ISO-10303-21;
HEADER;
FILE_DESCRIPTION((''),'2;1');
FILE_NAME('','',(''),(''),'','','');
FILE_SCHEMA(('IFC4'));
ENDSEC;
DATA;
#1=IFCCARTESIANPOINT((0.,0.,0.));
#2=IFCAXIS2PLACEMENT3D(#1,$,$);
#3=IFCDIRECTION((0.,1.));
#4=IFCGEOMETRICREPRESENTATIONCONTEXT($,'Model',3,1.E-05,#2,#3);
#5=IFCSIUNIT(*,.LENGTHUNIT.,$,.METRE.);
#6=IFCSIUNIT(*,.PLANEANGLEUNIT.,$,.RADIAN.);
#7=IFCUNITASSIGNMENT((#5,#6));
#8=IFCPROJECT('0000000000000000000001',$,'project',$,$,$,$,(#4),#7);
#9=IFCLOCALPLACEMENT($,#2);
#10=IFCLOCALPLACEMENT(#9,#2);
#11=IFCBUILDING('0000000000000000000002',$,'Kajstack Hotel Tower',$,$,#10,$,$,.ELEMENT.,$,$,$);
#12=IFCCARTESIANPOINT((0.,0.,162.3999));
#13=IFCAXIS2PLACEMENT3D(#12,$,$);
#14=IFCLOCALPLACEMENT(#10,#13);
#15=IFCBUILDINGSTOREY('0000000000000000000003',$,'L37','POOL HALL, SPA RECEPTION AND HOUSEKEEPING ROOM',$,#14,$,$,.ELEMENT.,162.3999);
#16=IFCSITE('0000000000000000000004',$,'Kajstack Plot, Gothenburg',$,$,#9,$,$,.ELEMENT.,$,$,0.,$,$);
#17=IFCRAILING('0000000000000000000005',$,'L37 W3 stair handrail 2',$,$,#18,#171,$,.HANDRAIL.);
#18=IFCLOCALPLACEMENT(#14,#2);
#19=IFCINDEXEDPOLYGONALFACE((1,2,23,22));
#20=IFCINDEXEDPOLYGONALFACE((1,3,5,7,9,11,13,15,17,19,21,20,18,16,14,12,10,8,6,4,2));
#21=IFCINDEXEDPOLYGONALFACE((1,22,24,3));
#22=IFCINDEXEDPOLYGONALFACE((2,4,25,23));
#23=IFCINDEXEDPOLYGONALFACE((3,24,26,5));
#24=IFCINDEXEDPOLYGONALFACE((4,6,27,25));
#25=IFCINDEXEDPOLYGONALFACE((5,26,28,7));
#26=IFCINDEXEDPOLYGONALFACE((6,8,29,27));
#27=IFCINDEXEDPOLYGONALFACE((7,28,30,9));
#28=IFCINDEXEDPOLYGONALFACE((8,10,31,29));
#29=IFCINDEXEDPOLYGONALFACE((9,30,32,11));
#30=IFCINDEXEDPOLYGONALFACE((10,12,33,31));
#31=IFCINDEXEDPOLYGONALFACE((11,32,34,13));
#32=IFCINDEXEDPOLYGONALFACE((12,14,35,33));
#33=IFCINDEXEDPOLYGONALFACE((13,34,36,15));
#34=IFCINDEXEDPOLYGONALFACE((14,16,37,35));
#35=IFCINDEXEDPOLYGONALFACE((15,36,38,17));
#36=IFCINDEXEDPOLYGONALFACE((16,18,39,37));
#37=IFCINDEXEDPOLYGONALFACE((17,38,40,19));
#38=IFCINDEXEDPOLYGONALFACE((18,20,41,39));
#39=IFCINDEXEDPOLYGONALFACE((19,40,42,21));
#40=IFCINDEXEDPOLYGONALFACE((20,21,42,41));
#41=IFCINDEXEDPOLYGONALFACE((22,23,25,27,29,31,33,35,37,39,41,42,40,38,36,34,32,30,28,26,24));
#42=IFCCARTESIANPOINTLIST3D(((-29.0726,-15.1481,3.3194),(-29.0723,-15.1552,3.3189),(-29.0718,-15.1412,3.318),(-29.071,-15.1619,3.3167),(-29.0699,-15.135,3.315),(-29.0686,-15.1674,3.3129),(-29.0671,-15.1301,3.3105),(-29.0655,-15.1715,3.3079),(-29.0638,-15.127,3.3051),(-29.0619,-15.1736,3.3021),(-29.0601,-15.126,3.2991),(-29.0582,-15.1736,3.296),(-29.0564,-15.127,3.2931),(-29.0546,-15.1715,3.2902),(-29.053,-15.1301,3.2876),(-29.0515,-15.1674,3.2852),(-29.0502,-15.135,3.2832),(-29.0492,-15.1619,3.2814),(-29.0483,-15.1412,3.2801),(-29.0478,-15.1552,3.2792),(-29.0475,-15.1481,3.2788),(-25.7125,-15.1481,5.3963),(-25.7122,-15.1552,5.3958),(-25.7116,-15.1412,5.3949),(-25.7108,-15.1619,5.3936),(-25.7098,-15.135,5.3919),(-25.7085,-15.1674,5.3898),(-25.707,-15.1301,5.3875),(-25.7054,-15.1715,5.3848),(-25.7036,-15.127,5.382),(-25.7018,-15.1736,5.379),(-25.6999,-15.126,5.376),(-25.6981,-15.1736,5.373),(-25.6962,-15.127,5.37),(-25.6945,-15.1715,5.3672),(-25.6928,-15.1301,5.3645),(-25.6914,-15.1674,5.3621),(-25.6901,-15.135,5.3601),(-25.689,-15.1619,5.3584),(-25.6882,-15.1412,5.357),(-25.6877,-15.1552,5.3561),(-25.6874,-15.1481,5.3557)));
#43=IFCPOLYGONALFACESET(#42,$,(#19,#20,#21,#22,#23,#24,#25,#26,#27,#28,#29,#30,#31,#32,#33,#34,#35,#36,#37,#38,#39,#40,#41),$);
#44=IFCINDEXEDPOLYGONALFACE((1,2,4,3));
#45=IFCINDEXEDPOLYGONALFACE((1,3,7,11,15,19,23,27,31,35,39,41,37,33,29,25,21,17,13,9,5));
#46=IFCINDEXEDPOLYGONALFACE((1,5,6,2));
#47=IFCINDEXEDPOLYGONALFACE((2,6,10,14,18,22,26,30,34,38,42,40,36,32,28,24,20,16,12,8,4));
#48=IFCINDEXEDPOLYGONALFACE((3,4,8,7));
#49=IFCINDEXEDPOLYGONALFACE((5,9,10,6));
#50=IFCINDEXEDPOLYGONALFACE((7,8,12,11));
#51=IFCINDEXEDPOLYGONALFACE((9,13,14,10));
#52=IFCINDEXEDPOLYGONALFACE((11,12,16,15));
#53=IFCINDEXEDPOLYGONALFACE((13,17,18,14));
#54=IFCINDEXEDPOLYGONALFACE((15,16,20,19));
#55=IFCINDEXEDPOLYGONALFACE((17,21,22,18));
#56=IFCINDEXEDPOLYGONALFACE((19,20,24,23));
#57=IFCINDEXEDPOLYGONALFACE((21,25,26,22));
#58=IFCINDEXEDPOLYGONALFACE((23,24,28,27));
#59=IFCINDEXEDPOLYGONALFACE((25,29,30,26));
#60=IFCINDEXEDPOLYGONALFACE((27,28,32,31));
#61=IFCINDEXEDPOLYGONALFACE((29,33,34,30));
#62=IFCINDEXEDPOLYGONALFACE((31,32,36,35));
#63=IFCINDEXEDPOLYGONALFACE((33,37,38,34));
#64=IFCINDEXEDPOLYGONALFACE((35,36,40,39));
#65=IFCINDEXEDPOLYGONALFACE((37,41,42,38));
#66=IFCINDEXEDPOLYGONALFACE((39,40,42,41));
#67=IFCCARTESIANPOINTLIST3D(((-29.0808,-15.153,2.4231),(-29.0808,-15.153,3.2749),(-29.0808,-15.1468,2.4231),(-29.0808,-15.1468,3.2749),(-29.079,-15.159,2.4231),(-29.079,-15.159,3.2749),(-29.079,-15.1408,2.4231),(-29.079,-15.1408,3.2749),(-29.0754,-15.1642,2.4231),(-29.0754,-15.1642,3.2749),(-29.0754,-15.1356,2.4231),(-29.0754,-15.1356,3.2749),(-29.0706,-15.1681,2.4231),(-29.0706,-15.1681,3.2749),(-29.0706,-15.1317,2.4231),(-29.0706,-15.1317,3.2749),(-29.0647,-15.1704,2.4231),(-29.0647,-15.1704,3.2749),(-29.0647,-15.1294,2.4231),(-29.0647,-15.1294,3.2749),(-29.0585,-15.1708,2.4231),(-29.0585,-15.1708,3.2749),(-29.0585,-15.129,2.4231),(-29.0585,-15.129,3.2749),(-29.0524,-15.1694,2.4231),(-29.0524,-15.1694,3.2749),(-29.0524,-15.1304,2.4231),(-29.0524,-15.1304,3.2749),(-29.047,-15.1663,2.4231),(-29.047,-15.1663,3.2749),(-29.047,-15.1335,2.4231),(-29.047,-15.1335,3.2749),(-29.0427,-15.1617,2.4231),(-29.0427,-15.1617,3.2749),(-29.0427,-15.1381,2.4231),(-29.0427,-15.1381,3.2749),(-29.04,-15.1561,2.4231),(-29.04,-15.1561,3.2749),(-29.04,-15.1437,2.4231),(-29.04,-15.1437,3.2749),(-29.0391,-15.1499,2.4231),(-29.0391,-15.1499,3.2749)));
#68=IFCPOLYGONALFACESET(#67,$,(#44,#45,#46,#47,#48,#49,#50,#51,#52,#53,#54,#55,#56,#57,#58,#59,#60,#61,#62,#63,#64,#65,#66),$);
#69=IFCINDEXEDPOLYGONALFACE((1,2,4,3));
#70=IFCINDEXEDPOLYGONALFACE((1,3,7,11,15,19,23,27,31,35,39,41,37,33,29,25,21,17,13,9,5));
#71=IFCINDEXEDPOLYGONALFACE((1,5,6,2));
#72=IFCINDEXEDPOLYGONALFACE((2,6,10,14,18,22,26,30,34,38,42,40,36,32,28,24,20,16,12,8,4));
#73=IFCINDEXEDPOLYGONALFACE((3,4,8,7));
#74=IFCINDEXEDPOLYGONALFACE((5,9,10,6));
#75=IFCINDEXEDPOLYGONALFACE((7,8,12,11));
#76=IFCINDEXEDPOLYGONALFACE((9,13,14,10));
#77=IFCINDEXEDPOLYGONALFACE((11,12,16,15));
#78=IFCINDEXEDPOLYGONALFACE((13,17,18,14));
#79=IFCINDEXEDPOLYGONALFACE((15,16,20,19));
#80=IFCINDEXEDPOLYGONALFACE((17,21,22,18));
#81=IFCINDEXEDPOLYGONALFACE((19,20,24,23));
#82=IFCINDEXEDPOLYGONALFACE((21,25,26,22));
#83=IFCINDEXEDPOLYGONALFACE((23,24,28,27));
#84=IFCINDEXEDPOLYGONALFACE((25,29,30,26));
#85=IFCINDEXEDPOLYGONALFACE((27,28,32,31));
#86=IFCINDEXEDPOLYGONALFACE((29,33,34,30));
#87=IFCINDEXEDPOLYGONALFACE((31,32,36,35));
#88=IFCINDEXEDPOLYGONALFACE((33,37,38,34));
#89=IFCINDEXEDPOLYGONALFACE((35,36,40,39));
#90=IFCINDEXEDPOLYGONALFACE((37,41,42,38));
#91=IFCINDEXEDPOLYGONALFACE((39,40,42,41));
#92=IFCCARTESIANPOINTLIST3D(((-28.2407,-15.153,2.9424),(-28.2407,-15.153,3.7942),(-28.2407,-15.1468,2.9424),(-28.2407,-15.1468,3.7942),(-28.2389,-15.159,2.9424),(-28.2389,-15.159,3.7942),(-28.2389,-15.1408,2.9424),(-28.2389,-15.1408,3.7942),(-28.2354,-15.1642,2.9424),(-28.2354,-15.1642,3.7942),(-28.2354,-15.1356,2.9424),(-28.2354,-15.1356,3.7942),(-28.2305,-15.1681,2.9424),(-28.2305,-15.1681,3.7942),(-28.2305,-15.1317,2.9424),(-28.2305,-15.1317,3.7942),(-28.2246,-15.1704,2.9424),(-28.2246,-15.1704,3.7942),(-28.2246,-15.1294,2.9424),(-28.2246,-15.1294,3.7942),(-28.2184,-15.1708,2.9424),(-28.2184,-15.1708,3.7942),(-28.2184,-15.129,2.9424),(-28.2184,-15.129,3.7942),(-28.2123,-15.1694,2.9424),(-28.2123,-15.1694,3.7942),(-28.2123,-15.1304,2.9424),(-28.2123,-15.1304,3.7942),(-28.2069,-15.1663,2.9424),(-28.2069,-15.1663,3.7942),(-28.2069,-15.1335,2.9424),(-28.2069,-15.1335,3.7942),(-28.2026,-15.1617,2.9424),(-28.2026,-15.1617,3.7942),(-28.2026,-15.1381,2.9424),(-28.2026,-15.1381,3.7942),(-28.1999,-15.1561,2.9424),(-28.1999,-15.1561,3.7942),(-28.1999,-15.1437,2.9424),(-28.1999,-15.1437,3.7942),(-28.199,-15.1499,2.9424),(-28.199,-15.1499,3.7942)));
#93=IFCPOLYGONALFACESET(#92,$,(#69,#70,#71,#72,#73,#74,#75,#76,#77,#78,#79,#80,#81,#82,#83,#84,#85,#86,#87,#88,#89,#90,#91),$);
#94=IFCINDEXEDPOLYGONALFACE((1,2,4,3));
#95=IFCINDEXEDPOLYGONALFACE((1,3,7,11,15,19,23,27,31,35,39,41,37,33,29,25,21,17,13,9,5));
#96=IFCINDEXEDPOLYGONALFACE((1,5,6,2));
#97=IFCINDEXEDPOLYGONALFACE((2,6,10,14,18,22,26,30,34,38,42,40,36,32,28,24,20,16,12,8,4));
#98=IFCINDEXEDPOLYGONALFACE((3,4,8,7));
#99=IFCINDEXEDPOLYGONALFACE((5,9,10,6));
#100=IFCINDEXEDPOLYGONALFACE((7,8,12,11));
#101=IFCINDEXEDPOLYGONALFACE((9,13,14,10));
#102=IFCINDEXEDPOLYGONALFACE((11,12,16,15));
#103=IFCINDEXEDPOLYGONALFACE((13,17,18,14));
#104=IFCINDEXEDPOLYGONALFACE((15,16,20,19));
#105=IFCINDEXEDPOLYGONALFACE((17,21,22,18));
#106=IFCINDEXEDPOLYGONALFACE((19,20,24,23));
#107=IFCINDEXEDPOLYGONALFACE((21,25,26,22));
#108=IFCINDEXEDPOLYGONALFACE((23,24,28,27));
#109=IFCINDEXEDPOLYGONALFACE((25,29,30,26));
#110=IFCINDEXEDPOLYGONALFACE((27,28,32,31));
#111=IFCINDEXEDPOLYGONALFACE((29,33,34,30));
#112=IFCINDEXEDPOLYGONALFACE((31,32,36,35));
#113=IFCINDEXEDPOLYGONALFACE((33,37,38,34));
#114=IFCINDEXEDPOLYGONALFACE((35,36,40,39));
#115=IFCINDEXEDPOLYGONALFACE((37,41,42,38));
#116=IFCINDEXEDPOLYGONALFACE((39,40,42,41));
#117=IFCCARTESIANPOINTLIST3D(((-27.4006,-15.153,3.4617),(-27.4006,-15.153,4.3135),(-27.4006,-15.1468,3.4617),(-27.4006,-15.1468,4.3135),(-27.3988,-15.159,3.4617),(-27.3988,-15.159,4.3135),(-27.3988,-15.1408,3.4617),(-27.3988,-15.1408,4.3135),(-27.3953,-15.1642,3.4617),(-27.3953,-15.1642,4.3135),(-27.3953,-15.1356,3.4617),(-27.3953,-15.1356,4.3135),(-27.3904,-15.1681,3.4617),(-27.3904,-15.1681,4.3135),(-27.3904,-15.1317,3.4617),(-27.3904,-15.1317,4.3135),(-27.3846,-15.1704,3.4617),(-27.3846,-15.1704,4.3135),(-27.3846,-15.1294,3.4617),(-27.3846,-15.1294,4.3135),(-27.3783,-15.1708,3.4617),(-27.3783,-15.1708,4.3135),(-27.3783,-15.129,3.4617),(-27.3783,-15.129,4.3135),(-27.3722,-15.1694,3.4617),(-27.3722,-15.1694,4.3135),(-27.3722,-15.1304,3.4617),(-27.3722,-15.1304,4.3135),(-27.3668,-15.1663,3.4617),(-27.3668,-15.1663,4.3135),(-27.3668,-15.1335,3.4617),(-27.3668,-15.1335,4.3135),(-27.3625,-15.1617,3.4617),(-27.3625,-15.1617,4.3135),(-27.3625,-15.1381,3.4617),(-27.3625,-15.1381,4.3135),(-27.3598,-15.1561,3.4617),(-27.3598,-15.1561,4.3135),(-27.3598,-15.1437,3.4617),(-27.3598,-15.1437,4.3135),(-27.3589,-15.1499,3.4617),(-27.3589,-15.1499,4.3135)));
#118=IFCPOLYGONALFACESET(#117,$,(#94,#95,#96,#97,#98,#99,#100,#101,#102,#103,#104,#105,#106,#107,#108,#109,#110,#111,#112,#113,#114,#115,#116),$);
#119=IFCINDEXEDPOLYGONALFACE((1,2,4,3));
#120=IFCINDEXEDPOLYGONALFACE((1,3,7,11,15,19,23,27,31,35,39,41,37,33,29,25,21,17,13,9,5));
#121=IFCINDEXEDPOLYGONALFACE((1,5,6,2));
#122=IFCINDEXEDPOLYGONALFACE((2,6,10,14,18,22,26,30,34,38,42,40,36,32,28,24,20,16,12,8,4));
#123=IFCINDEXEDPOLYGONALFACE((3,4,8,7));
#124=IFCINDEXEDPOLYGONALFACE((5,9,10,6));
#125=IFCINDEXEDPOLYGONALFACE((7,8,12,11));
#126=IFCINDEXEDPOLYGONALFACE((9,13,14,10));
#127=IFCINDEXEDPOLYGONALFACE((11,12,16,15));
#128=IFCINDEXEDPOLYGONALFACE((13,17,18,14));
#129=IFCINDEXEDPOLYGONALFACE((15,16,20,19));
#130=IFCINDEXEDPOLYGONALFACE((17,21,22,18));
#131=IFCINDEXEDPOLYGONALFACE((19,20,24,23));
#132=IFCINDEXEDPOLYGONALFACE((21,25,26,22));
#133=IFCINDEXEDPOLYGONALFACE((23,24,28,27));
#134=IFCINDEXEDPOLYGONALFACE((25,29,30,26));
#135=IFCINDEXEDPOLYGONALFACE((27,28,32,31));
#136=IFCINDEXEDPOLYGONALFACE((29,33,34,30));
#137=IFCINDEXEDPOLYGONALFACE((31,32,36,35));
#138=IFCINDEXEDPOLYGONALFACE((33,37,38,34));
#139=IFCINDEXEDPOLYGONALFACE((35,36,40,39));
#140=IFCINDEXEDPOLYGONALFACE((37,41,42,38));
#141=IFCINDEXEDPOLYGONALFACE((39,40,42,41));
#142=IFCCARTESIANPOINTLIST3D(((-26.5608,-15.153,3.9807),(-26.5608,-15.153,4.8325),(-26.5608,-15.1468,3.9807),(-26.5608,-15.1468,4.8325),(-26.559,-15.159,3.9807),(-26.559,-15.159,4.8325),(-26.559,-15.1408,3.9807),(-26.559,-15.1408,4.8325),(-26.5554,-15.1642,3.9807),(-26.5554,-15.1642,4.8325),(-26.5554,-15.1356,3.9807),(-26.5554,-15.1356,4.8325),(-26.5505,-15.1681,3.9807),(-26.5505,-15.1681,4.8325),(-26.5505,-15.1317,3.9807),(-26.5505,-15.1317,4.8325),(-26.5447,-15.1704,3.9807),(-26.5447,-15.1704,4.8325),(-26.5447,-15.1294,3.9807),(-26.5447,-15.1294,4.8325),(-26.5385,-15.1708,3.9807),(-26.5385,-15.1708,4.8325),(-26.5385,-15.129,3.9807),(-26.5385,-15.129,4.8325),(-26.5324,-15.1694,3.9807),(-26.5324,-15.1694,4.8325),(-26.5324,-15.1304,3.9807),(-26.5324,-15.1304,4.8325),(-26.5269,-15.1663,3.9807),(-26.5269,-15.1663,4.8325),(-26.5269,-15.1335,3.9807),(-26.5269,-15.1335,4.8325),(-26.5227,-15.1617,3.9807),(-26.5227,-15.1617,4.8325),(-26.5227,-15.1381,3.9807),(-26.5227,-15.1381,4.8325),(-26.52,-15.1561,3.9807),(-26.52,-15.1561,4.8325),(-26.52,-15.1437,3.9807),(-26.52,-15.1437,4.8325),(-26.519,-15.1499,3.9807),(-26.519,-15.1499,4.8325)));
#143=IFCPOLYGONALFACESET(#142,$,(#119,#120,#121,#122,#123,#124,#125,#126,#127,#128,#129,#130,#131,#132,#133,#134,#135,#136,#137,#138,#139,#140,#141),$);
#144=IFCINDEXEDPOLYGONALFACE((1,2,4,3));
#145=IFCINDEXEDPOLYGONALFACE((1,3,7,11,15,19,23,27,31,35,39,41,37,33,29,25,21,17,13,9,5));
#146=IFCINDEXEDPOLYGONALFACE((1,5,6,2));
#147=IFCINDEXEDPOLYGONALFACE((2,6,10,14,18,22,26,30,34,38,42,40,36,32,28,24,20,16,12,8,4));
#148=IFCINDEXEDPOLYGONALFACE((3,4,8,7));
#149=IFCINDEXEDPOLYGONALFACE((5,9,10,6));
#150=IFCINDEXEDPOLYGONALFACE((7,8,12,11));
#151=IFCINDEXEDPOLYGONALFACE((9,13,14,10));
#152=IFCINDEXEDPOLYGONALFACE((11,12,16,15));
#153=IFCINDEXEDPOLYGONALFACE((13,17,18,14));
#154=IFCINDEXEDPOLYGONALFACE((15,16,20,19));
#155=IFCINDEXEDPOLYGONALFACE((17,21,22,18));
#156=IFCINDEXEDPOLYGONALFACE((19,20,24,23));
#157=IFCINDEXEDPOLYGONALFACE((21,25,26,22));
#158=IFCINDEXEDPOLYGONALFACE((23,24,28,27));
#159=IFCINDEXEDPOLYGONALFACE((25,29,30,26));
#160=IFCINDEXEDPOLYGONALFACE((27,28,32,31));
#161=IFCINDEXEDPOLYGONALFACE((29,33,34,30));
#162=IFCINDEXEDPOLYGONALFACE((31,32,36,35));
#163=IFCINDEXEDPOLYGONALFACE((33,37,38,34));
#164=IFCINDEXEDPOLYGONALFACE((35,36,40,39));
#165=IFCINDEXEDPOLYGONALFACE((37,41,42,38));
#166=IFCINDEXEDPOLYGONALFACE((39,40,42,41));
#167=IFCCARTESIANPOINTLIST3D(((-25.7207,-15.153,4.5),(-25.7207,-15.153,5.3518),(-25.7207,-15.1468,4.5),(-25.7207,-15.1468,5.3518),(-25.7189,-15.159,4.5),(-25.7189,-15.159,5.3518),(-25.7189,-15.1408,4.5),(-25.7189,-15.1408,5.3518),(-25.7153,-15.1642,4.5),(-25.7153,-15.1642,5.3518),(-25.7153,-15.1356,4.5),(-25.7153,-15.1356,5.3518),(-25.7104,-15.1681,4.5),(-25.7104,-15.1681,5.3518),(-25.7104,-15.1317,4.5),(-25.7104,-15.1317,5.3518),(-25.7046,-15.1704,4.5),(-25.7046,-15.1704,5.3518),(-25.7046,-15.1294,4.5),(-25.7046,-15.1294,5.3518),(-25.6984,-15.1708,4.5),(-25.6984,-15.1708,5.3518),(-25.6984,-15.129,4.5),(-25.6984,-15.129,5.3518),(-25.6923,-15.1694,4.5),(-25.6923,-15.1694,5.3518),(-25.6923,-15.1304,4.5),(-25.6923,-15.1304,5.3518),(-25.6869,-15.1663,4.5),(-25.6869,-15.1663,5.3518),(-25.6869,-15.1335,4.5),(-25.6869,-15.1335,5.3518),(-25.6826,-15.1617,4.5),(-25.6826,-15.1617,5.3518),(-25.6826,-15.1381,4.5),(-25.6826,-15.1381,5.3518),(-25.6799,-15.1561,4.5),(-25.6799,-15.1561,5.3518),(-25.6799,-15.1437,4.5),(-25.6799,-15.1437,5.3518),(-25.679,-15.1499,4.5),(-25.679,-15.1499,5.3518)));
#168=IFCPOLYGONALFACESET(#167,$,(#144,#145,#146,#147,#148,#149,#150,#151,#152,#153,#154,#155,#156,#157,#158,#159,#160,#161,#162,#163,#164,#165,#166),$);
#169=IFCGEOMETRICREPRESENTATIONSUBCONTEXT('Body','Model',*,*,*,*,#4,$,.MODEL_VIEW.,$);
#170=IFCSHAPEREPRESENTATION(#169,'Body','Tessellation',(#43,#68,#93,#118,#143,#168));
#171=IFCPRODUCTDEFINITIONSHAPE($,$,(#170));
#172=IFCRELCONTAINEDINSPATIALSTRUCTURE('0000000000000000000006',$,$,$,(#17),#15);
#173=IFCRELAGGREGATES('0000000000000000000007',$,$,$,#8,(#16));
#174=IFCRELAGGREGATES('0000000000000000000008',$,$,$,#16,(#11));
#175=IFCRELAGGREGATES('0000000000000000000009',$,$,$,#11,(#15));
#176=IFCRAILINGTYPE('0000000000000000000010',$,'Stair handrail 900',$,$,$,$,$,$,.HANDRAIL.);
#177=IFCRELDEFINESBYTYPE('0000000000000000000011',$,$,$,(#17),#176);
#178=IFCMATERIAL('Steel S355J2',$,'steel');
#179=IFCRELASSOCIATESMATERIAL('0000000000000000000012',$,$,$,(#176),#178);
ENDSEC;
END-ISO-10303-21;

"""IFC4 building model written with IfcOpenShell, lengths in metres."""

from ifc_helpers import new_model, si_unit, direction, frame, origin, origin_2d, place, context, subcontext, project, spatial, circle, extrude, material, type_object, element, save


model = new_model("IFC4")

# Units and contexts
model_context = context("Model", 3, precision=1e-05, world=origin(), true_north=direction((0.0, 1.0)))
body_context = subcontext(model_context, "Body", "Model", "MODEL_VIEW")
ifc_project = project(units=[si_unit("LENGTHUNIT", "METRE"), si_unit("PLANEANGLEUNIT", "RADIAN")], contexts=[model_context])

# Site, building, storey
site_placement = place(None, origin())
site = spatial("IfcSite", under=ifc_project, at=site_placement, Name="Kajstack Plot, Gothenburg", CompositionType="ELEMENT", RefElevation=0.0)
building_placement = place(site_placement, origin())
building = spatial("IfcBuilding", under=site, at=building_placement, Name="Kajstack Hotel Tower", CompositionType="ELEMENT")
storey_placement = place(building_placement, frame((0.0, 0.0, 162.3999)))
storey = spatial("IfcBuildingStorey", under=building, at=storey_placement, Name="L37", Description="POOL HALL, SPA RECEPTION AND HOUSEKEEPING ROOM", CompositionType="ELEMENT", Elevation=162.3999)

# Railing
ifc_material_1 = material(Name="Steel S355J2", Category="steel")
railing_type_1 = type_object("IfcRailingType", Name="Stair handrail 900", PredefinedType="HANDRAIL", material=ifc_material_1)
railing_1_placement = place(storey_placement, frame((-29.0601, -15.1499, 2.4231)))
element("IfcRailing", 1, at=railing_1_placement, inside=storey, type_object=railing_type_1, Name="L37 W3 stair handrail 2", PredefinedType="HANDRAIL", context=body_context, shape_type="SweptSolid", body=[
    extrude(circle(Radius=0.0239, at=origin_2d()), frame((0.0, 0.0, 0.876), z_axis=(0.850623, 0.0, 0.525776), x_axis=(0.0, 1.0, 0.0)), (0.0, 0.0, 1.0), 3.9502),
    extrude(circle(Radius=0.021, at=origin_2d()), origin(), (0.0, 0.0, 1.0), 0.8518),
    extrude(circle(Radius=0.021, at=origin_2d()), frame((0.8401, 0.0, 0.5193)), (0.0, 0.0, 1.0), 0.8518),
    extrude(circle(Radius=0.021, at=origin_2d()), frame((1.6802, 0.0, 1.0386)), (0.0, 0.0, 1.0), 0.8518),
    extrude(circle(Radius=0.021, at=origin_2d()), frame((2.52, 0.0, 1.5576)), (0.0, 0.0, 1.0), 0.8518),
    extrude(circle(Radius=0.021, at=origin_2d()), frame((3.3601, 0.0, 2.0769)), (0.0, 0.0, 1.0), 0.8518),
])

save(model, "model.ifc")
